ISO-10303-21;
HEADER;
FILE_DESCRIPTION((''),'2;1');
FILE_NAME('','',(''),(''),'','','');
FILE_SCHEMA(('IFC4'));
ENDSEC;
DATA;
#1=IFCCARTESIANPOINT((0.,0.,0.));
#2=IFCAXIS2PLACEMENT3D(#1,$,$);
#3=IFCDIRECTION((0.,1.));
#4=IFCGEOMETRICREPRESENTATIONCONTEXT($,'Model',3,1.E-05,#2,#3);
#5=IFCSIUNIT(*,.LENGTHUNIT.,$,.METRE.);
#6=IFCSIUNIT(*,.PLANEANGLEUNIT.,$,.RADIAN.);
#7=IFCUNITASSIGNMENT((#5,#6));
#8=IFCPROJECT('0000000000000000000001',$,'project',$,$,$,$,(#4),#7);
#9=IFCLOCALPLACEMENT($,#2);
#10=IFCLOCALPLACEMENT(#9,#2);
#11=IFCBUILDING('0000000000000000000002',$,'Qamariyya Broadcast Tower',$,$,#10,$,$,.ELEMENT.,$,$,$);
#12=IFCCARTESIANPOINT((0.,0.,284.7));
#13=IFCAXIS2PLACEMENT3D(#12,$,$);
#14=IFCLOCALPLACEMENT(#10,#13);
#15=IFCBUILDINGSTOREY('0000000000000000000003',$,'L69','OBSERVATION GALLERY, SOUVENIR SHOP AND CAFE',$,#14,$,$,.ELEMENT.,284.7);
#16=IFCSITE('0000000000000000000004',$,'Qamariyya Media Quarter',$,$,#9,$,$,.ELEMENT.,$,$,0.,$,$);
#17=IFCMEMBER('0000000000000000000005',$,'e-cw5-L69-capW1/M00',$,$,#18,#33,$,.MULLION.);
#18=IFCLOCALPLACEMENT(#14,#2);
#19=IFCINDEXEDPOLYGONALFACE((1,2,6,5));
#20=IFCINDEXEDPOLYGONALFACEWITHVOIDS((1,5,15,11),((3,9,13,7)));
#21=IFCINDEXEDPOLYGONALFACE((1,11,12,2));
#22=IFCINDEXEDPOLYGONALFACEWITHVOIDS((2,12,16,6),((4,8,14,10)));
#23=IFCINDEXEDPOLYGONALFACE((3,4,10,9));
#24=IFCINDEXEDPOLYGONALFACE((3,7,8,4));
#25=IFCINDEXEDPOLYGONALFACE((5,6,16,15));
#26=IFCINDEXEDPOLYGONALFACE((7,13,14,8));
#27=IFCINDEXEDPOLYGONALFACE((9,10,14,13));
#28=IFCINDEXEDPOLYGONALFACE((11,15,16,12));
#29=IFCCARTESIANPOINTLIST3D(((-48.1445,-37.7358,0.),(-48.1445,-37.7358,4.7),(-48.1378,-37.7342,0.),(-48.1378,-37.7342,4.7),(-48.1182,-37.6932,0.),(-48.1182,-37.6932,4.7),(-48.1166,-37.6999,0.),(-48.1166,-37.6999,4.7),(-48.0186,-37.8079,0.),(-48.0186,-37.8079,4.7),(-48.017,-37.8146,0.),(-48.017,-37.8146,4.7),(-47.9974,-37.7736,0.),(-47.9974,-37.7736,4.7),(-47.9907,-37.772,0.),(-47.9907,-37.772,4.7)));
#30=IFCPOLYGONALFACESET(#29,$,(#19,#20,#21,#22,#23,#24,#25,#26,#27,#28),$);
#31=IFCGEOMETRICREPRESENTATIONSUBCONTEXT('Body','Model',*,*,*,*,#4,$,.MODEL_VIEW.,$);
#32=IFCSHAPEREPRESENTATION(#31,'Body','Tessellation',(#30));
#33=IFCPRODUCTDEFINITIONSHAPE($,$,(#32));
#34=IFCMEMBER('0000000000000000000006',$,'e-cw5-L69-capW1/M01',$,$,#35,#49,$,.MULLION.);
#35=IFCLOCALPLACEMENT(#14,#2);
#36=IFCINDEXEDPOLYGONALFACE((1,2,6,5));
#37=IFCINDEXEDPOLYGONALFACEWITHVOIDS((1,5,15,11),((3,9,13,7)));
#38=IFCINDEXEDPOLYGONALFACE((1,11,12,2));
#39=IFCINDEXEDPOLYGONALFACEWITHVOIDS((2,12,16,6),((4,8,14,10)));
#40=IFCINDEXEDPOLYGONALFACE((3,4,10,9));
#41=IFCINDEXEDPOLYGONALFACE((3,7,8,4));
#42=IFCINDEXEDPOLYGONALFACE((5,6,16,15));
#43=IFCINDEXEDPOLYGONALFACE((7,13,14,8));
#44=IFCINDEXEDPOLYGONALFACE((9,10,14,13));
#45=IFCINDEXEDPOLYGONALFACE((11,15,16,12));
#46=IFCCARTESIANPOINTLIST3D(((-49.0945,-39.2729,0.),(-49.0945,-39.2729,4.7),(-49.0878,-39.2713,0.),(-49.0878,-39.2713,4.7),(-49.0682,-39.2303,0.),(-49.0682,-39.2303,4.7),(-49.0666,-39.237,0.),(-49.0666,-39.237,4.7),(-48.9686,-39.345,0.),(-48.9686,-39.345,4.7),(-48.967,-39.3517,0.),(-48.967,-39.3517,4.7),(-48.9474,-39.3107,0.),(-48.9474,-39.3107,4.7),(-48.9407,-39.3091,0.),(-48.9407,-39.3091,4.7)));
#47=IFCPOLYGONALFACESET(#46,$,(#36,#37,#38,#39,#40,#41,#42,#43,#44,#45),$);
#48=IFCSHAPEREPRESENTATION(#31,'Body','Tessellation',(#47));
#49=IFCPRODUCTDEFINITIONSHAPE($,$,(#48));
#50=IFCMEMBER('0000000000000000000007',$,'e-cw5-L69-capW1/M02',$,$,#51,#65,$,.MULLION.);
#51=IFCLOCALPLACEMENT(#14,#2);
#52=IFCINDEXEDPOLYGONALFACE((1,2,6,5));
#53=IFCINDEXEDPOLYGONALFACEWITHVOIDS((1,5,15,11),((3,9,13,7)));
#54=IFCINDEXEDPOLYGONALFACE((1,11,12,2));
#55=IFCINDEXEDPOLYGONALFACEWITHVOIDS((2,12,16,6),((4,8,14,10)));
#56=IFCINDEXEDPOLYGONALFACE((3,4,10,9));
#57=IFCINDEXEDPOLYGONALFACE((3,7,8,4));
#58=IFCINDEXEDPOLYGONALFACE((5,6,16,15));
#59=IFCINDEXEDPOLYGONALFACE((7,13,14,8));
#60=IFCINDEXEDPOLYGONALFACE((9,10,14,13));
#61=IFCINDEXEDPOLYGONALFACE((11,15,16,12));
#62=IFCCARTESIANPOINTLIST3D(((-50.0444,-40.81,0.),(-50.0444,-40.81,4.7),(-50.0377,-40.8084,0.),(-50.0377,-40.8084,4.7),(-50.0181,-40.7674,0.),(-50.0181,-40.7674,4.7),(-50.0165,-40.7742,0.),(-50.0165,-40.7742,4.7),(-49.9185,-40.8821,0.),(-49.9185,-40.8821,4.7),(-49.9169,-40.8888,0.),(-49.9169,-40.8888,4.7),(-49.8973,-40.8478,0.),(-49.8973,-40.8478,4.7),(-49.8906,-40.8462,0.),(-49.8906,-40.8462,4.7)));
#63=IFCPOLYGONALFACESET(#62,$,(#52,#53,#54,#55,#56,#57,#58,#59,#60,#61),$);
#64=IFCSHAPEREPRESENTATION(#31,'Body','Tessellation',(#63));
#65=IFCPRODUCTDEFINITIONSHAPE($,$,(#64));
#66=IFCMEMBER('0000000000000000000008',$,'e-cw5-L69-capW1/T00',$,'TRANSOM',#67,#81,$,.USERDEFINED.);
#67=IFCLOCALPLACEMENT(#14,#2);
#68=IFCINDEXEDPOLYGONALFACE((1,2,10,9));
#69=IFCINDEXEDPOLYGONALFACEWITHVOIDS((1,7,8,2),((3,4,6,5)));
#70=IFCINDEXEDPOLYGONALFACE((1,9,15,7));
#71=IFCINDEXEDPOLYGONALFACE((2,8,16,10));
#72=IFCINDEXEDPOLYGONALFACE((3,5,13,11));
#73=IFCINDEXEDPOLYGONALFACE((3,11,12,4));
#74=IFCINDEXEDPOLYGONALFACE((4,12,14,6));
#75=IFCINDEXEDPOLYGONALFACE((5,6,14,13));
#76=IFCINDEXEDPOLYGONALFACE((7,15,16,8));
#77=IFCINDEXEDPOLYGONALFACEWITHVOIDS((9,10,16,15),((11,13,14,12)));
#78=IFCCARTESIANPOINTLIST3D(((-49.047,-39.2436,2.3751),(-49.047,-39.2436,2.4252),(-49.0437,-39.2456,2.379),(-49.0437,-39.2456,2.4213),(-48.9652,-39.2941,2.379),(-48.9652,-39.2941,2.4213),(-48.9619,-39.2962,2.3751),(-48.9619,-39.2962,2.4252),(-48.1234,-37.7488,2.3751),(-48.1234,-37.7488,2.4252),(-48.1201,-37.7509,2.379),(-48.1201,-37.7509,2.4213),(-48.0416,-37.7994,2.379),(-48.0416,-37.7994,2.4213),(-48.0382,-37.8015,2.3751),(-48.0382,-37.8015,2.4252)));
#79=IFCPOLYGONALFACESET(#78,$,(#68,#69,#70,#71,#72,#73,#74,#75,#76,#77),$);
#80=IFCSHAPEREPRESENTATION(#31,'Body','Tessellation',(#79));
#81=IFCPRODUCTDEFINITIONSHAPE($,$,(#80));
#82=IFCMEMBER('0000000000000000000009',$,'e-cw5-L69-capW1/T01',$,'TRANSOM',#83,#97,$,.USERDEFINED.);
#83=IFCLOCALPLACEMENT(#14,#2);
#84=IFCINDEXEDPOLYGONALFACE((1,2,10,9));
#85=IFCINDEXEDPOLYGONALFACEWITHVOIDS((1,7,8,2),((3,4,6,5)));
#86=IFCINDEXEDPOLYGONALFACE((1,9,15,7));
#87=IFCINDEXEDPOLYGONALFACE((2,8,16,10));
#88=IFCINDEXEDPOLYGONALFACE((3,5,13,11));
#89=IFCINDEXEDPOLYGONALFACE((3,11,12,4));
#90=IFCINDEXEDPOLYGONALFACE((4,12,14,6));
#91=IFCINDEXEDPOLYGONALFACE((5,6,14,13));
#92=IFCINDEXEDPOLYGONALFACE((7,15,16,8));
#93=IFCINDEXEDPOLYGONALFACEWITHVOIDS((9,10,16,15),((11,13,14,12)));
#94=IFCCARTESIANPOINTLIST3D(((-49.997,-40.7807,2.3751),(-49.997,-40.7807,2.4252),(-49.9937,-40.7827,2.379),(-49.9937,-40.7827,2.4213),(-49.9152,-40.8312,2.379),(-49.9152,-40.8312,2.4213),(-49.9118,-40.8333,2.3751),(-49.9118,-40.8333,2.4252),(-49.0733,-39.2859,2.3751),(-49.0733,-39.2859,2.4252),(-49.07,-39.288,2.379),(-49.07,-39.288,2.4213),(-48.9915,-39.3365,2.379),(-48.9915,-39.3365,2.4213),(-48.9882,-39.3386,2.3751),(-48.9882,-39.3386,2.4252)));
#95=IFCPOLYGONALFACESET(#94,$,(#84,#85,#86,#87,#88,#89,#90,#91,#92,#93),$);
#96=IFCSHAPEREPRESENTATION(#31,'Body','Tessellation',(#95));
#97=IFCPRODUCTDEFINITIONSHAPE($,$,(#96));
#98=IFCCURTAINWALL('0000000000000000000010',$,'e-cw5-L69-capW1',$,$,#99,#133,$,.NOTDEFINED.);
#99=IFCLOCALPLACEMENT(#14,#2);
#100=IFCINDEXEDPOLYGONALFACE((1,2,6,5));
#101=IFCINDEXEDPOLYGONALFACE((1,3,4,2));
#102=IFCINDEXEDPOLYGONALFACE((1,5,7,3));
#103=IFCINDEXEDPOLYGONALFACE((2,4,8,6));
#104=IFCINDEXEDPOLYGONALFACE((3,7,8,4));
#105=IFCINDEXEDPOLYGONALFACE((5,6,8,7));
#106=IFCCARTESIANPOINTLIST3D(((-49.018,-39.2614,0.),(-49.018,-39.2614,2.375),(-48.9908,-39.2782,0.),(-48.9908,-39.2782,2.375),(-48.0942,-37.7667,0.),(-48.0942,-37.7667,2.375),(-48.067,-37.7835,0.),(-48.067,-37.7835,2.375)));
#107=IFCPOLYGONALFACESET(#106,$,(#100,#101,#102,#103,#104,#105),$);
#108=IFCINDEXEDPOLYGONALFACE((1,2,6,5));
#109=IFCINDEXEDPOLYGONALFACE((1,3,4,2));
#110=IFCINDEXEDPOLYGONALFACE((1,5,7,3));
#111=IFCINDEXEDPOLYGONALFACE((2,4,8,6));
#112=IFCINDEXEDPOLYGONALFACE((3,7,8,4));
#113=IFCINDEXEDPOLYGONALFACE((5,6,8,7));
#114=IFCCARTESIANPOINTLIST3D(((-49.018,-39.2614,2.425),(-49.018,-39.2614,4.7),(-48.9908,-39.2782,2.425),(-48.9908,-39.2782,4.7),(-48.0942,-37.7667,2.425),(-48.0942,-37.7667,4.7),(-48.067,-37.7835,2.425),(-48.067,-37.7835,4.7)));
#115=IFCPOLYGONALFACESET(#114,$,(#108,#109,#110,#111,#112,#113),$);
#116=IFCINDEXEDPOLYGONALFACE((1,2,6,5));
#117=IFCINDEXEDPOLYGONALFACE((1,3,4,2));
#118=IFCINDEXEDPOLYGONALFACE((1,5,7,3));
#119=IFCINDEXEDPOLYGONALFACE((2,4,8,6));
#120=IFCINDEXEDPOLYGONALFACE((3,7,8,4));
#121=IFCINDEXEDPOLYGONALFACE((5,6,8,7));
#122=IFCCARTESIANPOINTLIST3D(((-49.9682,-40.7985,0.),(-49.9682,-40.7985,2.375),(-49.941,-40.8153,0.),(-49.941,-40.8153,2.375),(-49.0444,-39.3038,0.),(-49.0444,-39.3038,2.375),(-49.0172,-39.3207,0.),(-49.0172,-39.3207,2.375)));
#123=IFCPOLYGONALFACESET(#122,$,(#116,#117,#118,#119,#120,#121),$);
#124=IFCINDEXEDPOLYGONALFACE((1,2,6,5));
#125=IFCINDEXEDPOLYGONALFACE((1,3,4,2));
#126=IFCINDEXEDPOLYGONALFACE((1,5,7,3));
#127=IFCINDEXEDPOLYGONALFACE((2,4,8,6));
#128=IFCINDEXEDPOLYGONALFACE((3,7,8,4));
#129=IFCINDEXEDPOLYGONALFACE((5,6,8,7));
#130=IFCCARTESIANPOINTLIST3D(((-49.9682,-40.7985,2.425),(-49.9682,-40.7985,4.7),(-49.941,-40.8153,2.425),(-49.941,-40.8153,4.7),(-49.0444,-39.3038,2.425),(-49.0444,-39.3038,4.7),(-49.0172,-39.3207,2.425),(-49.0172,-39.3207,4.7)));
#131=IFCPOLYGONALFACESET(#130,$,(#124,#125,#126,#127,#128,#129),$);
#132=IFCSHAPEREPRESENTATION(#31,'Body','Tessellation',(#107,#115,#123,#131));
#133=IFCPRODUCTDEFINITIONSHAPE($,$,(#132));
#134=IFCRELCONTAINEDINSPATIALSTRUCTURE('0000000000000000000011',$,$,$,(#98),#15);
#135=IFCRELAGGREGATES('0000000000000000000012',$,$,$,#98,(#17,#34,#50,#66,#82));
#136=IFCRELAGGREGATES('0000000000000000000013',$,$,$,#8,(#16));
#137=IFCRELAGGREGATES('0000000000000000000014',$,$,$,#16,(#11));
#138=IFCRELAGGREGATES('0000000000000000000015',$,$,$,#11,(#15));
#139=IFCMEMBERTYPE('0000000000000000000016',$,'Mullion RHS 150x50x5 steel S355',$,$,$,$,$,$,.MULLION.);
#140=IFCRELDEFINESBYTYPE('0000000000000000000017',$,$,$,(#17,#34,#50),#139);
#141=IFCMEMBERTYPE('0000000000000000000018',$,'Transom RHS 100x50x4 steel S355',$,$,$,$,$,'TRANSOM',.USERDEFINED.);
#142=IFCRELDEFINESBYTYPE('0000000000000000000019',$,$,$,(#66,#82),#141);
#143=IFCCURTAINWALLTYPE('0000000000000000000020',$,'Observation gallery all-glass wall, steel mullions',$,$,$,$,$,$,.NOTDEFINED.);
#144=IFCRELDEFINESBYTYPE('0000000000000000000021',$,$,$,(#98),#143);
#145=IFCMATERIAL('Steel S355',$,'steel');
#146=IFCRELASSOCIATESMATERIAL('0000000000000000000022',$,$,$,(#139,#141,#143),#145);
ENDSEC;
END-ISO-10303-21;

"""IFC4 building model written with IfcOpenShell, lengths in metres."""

from ifc_helpers import new_model, si_unit, direction, frame, origin, origin_2d, place, context, subcontext, project, spatial, rectangle, hollow_rectangle, extrude, material, material_profile, profile_set, type_object, element, aggregate, save


model = new_model("IFC4")

# Units and contexts
model_context = context("Model", 3, precision=1e-05, world=origin(), true_north=direction((0.0, 1.0)))
body_context = subcontext(model_context, "Body", "Model", "MODEL_VIEW")
ifc_project = project(units=[si_unit("LENGTHUNIT", "METRE"), si_unit("PLANEANGLEUNIT", "RADIAN")], contexts=[model_context])

# Members
ifc_material = material(Name="Steel S355", Category="steel")
ifc_material_profile_1 = material_profile(ifc_material, hollow_rectangle(XDim=0.1499, YDim=0.05, WallThickness=0.0049, at=origin_2d()))
ifc_profile_set_1 = profile_set([ifc_material_profile_1], Name="Steel S355")
member_type_1 = type_object("IfcMemberType", Name="Mullion RHS 150x50x5 steel S355", PredefinedType="MULLION", material=ifc_profile_set_1)
site_placement = place(None, origin())
building_placement = place(site_placement, origin())
storey_placement = place(building_placement, frame((0.0, 0.0, 284.7)))
member_1_placement = place(storey_placement, frame((-48.0676, -37.7539, 0.0), z_axis=(0.0, 0.0, 1.0), x_axis=(0.850652, -0.52573, 0.0)))
member_1 = element("IfcMember", 1, at=member_1_placement, type_object=member_type_1, Name="e-cw5-L69-capW1/M00", PredefinedType="MULLION", context=body_context, shape_type="SweptSolid", body=[
    extrude(hollow_rectangle(XDim=0.1499, YDim=0.05, WallThickness=0.0049, at=origin_2d()), origin(), (0.0, 0.0, 1.0), 4.7),
])
member_2_placement = place(storey_placement, frame((-49.0176, -39.291, 0.0), z_axis=(0.0, 0.0, 1.0), x_axis=(0.850652, -0.52573, 0.0)))
member_2 = element("IfcMember", 2, at=member_2_placement, type_object=member_type_1, Name="e-cw5-L69-capW1/M01", PredefinedType="MULLION", context=body_context, shape_type="SweptSolid", body=[
    extrude(hollow_rectangle(XDim=0.1499, YDim=0.05, WallThickness=0.0049, at=origin_2d()), origin(), (0.0, 0.0, 1.0), 4.7),
])
member_3_placement = place(storey_placement, frame((-49.9675, -40.8281, 0.0), z_axis=(0.0, 0.0, 1.0), x_axis=(0.850652, -0.52573, 0.0)))
member_3 = element("IfcMember", 3, at=member_3_placement, type_object=member_type_1, Name="e-cw5-L69-capW1/M02", PredefinedType="MULLION", context=body_context, shape_type="SweptSolid", body=[
    extrude(hollow_rectangle(XDim=0.1499, YDim=0.05, WallThickness=0.0049, at=origin_2d()), origin(), (0.0, 0.0, 1.0), 4.7),
])
ifc_material_profile_2 = material_profile(ifc_material, hollow_rectangle(XDim=0.1001, YDim=0.05, WallThickness=0.0039, at=origin_2d()))
ifc_profile_set_2 = profile_set([ifc_material_profile_2], Name="Steel S355")
member_type_2 = type_object("IfcMemberType", Name="Transom RHS 100x50x4 steel S355", ElementType="TRANSOM", PredefinedType="USERDEFINED", material=ifc_profile_set_2)
member_4_placement = place(storey_placement, frame((-48.0808, -37.7751, 2.4001), z_axis=(-0.52567, -0.850688, 0.0), x_axis=(0.850688, -0.52567, 0.0)))
member_4 = element("IfcMember", 4, at=member_4_placement, type_object=member_type_2, Name="e-cw5-L69-capW1/T00", ObjectType="TRANSOM", PredefinedType="USERDEFINED", context=body_context, shape_type="SweptSolid", body=[
    extrude(hollow_rectangle(XDim=0.1001, YDim=0.05, WallThickness=0.0039, at=origin_2d()), origin(), (0.0, 0.0, 1.0), 1.7571),
])
member_5_placement = place(storey_placement, frame((-49.0308, -39.3123, 2.4001), z_axis=(-0.52567, -0.850688, 0.0), x_axis=(0.850688, -0.52567, 0.0)))
member_5 = element("IfcMember", 5, at=member_5_placement, type_object=member_type_2, Name="e-cw5-L69-capW1/T01", ObjectType="TRANSOM", PredefinedType="USERDEFINED", context=body_context, shape_type="SweptSolid", body=[
    extrude(hollow_rectangle(XDim=0.1001, YDim=0.05, WallThickness=0.0039, at=origin_2d()), origin(), (0.0, 0.0, 1.0), 1.7571),
])

# Site, building, storey
site = spatial("IfcSite", under=ifc_project, at=site_placement, Name="Qamariyya Media Quarter", CompositionType="ELEMENT", RefElevation=0.0)
building = spatial("IfcBuilding", under=site, at=building_placement, Name="Qamariyya Broadcast Tower", CompositionType="ELEMENT")
storey = spatial("IfcBuildingStorey", under=building, at=storey_placement, Name="L69", Description="OBSERVATION GALLERY, SOUVENIR SHOP AND CAFE", CompositionType="ELEMENT", Elevation=284.7)

# Curtain wall
curtain_wall_type = type_object("IfcCurtainWallType", Name="Observation gallery all-glass wall, steel mullions", PredefinedType="NOTDEFINED", material=ifc_material)
curtain_wall_1_placement = place(storey_placement, origin())
curtain_wall_1 = element("IfcCurtainWall", 6, at=curtain_wall_1_placement, inside=storey, type_object=curtain_wall_type, Name="e-cw5-L69-capW1", PredefinedType="NOTDEFINED", context=body_context, shape_type="SweptSolid", body=[
    extrude(rectangle(XDim=1.7571, YDim=0.032, at=origin_2d()), frame((-48.5425, -38.5225, 0.0), x_axis=(-0.52574, -0.850646, 0.0)), (0.0, 0.0, 1.0), 2.375),
    extrude(rectangle(XDim=1.7571, YDim=0.032, at=origin_2d()), frame((-48.5425, -38.5225, 2.425), x_axis=(-0.52574, -0.850646, 0.0)), (0.0, 0.0, 1.0), 2.2749),
    extrude(rectangle(XDim=1.7571, YDim=0.032, at=origin_2d()), frame((-49.4927, -40.0596, 0.0), x_axis=(-0.52574, -0.850646, 0.0)), (0.0, 0.0, 1.0), 2.375),
    extrude(rectangle(XDim=1.7571, YDim=0.032, at=origin_2d()), frame((-49.4927, -40.0596, 2.425), x_axis=(-0.52574, -0.850646, 0.0)), (0.0, 0.0, 1.0), 2.2749),
])
aggregate(curtain_wall_1, [member_1, member_2, member_3, member_4, member_5])

save(model, "model.ifc")
